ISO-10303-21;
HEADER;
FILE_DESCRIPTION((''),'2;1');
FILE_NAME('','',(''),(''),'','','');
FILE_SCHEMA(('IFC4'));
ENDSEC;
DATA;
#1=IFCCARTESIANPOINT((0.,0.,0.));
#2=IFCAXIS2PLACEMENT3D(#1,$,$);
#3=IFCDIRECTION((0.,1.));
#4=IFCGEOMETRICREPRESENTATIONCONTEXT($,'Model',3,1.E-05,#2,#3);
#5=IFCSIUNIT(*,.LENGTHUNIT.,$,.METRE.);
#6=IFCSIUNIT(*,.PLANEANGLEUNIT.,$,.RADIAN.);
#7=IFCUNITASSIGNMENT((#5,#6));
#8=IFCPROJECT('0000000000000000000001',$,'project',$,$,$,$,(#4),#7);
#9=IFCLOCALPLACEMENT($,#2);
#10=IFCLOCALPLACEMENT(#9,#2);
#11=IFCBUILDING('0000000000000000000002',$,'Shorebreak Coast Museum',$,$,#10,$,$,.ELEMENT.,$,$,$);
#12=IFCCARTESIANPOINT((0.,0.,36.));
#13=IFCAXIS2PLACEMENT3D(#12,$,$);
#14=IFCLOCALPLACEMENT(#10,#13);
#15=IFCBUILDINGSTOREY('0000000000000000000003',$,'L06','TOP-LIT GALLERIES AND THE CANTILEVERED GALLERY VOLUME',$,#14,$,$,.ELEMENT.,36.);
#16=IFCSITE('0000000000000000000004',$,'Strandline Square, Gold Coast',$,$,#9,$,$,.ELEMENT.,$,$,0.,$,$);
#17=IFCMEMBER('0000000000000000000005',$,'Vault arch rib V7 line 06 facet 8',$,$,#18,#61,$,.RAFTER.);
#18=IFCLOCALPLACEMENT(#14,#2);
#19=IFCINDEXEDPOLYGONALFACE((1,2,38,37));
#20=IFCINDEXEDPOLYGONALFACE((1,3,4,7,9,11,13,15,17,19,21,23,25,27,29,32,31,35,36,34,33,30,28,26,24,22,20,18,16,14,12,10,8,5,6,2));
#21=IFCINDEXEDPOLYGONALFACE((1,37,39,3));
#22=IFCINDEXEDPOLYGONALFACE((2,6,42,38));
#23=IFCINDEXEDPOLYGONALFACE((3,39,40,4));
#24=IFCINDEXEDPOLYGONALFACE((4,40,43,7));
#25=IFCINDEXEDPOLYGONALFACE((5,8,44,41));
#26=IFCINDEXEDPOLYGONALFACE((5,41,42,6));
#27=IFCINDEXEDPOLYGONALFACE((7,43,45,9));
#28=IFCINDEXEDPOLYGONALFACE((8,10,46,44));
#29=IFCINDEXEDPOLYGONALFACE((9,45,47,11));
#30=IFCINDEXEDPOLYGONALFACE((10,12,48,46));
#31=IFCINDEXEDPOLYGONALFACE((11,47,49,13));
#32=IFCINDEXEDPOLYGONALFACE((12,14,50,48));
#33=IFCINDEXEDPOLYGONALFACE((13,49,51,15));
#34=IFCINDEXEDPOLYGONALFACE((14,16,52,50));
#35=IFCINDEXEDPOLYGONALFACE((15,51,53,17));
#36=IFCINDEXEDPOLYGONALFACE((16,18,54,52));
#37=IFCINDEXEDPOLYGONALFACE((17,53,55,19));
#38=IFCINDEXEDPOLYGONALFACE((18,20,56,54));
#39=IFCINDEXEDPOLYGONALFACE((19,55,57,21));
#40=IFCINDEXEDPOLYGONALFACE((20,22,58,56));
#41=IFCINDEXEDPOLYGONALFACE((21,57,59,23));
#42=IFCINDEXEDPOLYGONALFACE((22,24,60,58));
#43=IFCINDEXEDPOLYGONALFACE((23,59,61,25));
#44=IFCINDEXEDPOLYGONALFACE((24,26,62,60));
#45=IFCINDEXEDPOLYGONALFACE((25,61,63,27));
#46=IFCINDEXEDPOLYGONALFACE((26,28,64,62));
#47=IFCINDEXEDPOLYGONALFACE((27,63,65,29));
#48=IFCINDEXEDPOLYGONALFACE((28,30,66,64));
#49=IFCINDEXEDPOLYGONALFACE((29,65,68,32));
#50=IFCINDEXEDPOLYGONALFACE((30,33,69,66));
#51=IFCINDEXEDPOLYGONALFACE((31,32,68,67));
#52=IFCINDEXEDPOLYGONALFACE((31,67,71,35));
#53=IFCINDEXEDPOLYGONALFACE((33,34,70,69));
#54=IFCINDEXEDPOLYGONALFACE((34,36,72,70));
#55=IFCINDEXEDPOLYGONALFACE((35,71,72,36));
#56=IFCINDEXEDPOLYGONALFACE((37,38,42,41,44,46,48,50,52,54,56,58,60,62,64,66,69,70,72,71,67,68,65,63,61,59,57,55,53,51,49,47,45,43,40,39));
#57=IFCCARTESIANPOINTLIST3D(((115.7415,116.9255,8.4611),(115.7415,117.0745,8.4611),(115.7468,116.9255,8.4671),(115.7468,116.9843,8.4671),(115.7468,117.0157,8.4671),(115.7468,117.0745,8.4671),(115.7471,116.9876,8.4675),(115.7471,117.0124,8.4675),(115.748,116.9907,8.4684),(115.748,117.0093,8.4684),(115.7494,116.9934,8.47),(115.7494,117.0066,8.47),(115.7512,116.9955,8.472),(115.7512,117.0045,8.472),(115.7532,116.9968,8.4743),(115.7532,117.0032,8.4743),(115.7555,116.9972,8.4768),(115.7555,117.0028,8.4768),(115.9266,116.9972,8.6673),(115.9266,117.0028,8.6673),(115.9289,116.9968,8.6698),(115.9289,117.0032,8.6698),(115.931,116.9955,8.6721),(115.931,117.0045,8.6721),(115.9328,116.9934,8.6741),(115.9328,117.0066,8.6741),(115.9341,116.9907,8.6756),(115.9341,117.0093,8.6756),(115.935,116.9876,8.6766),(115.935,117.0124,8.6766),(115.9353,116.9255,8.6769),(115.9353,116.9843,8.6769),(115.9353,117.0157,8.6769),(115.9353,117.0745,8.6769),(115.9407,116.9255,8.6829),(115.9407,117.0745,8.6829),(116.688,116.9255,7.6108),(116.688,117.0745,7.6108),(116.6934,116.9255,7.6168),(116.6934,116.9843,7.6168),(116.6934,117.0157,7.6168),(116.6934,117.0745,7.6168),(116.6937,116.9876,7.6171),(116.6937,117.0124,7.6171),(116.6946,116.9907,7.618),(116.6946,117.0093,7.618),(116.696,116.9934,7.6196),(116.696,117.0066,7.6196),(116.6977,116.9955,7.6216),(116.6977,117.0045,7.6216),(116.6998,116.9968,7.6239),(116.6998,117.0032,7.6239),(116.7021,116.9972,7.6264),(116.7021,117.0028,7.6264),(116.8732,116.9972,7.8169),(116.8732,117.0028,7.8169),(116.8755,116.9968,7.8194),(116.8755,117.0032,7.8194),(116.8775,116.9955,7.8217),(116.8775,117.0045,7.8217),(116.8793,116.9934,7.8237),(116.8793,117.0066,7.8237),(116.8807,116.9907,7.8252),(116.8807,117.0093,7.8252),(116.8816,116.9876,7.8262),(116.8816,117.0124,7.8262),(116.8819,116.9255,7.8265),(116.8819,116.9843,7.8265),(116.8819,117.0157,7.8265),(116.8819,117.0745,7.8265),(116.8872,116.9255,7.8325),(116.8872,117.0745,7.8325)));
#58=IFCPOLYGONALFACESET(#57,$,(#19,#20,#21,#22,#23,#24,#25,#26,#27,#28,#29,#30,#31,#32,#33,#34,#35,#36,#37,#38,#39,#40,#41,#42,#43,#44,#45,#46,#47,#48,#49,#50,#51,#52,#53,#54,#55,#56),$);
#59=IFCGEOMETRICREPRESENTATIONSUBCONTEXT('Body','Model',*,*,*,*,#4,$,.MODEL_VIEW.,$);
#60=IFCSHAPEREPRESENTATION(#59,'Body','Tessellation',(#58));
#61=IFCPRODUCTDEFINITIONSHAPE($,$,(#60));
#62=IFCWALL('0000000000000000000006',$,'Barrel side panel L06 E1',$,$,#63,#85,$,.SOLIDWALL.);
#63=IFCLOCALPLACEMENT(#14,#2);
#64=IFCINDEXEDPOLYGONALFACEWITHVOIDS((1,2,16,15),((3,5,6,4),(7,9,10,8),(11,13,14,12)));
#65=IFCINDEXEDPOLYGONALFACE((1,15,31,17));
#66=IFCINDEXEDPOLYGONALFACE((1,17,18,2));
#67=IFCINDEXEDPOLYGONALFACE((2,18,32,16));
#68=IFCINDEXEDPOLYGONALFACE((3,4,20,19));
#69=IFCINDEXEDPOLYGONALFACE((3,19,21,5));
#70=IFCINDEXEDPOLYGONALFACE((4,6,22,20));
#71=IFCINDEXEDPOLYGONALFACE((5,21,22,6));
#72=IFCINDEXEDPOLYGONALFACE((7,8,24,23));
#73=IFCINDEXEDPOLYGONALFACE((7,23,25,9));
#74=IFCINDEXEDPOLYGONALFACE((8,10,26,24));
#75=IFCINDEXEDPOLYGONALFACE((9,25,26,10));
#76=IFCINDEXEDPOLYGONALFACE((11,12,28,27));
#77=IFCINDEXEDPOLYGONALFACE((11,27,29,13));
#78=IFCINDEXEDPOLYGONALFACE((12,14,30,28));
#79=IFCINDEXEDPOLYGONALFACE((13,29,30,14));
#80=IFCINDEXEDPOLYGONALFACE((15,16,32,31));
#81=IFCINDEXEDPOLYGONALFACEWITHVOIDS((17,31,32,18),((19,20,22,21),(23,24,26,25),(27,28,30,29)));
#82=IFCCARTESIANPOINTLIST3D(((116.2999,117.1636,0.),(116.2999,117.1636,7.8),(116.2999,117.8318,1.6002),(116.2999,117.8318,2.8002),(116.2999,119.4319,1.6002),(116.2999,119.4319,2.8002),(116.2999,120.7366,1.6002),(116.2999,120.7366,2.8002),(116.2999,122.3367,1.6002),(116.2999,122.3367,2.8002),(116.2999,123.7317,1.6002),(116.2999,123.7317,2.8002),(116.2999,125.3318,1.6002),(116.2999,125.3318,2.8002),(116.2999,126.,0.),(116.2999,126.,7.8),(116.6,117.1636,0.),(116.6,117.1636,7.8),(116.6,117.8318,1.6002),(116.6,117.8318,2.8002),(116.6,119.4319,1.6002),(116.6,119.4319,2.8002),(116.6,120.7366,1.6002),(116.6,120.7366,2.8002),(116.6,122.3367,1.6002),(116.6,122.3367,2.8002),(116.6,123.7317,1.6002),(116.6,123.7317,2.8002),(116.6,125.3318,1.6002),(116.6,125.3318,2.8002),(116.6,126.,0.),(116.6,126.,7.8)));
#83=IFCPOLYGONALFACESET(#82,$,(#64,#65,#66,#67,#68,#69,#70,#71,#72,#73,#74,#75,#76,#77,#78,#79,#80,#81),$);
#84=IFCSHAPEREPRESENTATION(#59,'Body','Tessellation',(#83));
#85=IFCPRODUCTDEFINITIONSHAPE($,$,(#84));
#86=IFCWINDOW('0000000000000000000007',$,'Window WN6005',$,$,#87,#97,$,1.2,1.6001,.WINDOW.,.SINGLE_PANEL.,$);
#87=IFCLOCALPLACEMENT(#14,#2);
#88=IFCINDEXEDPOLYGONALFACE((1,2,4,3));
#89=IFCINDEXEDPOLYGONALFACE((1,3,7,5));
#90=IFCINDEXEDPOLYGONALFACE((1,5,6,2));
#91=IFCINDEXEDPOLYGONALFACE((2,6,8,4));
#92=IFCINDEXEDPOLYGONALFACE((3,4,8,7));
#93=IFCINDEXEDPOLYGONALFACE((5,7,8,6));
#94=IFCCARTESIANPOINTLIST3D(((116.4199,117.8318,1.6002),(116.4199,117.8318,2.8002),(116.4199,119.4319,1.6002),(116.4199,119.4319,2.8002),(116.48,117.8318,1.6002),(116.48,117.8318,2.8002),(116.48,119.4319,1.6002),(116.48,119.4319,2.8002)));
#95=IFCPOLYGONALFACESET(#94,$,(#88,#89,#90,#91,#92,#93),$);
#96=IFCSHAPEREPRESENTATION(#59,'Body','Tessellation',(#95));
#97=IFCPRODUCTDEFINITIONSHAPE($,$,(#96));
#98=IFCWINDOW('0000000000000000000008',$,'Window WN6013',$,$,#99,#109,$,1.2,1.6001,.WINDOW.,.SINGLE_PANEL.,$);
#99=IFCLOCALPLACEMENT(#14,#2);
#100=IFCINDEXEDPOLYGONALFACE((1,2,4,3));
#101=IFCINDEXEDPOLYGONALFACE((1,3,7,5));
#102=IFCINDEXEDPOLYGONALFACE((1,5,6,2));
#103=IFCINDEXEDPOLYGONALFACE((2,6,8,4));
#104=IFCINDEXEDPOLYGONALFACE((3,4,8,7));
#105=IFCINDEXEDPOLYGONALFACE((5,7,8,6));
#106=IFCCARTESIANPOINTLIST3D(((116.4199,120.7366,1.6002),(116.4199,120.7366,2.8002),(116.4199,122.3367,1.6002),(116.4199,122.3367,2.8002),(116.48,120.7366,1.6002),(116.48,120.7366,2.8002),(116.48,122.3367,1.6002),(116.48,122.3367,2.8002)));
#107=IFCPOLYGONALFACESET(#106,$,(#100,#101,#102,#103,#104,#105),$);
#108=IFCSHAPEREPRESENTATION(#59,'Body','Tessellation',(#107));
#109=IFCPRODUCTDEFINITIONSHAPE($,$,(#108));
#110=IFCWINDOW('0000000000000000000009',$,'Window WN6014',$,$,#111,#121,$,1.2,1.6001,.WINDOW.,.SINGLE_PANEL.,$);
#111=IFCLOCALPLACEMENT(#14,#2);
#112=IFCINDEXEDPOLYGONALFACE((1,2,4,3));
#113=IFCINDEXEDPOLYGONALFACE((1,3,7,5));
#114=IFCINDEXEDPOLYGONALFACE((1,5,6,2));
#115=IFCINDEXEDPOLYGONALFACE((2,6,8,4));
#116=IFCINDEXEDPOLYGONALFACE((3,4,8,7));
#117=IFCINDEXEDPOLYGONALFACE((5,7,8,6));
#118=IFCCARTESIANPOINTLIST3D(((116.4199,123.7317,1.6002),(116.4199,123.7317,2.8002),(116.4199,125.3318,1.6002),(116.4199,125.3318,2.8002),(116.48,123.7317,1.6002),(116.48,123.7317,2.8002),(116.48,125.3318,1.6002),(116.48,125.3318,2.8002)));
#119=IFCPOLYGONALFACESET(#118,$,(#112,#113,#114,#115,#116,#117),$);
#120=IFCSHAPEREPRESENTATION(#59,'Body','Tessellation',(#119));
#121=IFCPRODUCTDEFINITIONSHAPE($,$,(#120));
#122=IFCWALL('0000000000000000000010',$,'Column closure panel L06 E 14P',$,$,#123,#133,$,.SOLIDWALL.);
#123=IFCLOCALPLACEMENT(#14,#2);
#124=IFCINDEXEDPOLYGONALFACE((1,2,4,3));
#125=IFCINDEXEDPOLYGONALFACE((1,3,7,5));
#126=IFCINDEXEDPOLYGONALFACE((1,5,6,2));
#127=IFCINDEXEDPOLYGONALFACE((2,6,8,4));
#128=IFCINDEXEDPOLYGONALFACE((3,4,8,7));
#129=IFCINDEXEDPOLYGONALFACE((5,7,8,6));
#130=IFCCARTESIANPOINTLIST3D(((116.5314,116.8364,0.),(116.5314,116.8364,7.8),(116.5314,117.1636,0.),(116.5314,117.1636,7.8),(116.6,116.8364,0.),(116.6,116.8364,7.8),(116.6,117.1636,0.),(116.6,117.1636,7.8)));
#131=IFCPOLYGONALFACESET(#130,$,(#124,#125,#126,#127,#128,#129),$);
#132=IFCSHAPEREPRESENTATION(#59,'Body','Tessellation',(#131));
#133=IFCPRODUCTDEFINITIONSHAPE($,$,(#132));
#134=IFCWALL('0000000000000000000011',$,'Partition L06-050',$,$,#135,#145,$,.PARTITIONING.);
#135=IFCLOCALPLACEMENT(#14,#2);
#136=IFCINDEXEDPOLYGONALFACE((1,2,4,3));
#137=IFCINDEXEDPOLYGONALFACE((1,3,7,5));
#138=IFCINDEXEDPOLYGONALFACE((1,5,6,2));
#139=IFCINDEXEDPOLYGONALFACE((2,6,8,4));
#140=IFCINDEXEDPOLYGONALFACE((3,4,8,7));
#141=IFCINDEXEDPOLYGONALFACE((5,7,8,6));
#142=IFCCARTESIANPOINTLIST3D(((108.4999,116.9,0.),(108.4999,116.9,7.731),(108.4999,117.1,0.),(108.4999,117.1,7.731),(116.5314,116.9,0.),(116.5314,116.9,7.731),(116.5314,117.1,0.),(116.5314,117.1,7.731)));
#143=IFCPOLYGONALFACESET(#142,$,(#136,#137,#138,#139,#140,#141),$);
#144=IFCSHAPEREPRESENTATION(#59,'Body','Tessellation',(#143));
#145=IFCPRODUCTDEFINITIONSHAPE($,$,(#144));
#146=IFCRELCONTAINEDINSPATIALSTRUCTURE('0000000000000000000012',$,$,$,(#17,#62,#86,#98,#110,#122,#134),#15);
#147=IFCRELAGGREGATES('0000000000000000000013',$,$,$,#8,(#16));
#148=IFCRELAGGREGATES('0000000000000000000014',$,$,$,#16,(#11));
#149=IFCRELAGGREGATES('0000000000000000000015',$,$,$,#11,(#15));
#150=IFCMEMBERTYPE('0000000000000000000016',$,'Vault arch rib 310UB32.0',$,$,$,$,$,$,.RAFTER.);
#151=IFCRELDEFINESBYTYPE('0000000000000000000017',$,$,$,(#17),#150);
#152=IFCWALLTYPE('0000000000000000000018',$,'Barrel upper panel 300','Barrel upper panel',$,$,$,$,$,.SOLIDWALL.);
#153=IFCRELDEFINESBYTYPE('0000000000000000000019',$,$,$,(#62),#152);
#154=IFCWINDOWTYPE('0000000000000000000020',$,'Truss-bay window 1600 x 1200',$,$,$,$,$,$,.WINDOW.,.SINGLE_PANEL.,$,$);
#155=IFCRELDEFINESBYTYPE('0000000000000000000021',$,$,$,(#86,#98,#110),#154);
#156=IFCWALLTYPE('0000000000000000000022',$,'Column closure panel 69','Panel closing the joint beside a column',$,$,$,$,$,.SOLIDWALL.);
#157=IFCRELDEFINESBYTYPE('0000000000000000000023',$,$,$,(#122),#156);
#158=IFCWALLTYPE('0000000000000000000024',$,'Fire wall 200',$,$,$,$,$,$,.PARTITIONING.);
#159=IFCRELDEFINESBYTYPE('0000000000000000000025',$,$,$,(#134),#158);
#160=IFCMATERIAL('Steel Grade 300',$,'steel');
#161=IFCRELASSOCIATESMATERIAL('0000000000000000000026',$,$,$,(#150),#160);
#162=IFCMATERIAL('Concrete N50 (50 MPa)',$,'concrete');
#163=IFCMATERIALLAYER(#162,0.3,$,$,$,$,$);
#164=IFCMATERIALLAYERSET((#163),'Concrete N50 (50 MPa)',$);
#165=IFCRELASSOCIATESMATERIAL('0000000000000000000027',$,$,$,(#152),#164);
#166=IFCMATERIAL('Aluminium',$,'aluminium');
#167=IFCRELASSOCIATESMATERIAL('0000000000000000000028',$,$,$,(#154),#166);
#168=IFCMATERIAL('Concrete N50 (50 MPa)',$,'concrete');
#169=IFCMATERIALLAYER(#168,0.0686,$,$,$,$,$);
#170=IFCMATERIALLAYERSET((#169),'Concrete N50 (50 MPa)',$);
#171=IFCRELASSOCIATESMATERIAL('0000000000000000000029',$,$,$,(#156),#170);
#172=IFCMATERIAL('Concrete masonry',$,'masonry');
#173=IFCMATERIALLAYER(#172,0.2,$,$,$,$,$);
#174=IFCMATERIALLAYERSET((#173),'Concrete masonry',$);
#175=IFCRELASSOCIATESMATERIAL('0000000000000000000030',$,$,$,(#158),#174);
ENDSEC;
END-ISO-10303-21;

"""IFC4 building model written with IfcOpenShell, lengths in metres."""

from ifc_helpers import new_model, si_unit, direction, frame, frame_2d, origin, origin_2d, place, context, subcontext, project, spatial, rectangle, i_section, extrude, material, layer, layer_set, material_profile, profile_set, type_object, element, fill, save


model = new_model("IFC4")

# Units and contexts
model_context = context("Model", 3, precision=1e-05, world=origin(), true_north=direction((0.0, 1.0)))
body_context = subcontext(model_context, "Body", "Model", "MODEL_VIEW")
ifc_project = project(units=[si_unit("LENGTHUNIT", "METRE"), si_unit("PLANEANGLEUNIT", "RADIAN")], contexts=[model_context])

# Site, building, storey
site_placement = place(None, origin())
site = spatial("IfcSite", under=ifc_project, at=site_placement, Name="Strandline Square, Gold Coast", CompositionType="ELEMENT", RefElevation=0.0)
building_placement = place(site_placement, origin())
building = spatial("IfcBuilding", under=site, at=building_placement, Name="Shorebreak Coast Museum", CompositionType="ELEMENT")
storey_placement = place(building_placement, frame((0.0, 0.0, 36.0)))
storey = spatial("IfcBuildingStorey", under=building, at=storey_placement, Name="L06", Description="TOP-LIT GALLERIES AND THE CANTILEVERED GALLERY VOLUME", CompositionType="ELEMENT", Elevation=36.0)

# Member
ifc_material_1 = material(Name="Steel Grade 300", Category="steel")
ifc_material_profile_1 = material_profile(ifc_material_1, i_section(OverallWidth=0.1489, OverallDepth=0.2981, WebThickness=0.0056, FlangeThickness=0.0081, FilletRadius=0.0129, at=origin_2d()), Name="310UB32.0")
ifc_profile_set_1 = profile_set([ifc_material_profile_1], Name="Steel Grade 300")
member_type_1 = type_object("IfcMemberType", Name="Vault arch rib 310UB32.0", PredefinedType="RAFTER", material=ifc_profile_set_1)
for number, where, z_axis, x_axis, name in (
    (1, (115.8411, 117.0, 8.572), (0.743895, 0.0, -0.668297), (0.0, 1.0, 0.0), "Vault arch rib V7 line 06 facet 8"),
):
    element("IfcMember", number, at=place(storey_placement, frame(where, z_axis=z_axis, x_axis=x_axis)), inside=storey, type_object=member_type_1, Name=name, PredefinedType="RAFTER", context=body_context, shape_type="SweptSolid", body=[
        extrude(i_section(OverallWidth=0.1489, OverallDepth=0.2981, WebThickness=0.0056, FlangeThickness=0.0081, FilletRadius=0.0129, at=origin_2d()), origin(), (0.0, 0.0, 1.0), 1.2725),
    ])

# Wall, openings, windows
ifc_material_2 = material(Name="Concrete N50 (50 MPa)", Category="concrete")
ifc_layer_1 = layer(ifc_material_2, 0.3)
ifc_layer_set_1 = layer_set([ifc_layer_1], Name="Concrete N50 (50 MPa)")
wall_type_1 = type_object("IfcWallType", Name="Barrel upper panel 300", Description="Barrel upper panel", PredefinedType="SOLIDWALL", material=ifc_layer_set_1)
wall_1_placement = place(storey_placement, frame((116.45, 117.1636, 0.0), z_axis=(0.0, 0.0, 1.0), x_axis=(0.0, 1.0, 0.0)))
wall_1 = element("IfcWall", 2, at=wall_1_placement, inside=storey, type_object=wall_type_1, Name="Barrel side panel L06 E1", PredefinedType="SOLIDWALL", context=body_context, shape_type="SweptSolid", body=[
    extrude(rectangle(XDim=8.8364, YDim=0.3, at=frame_2d((4.4182, 0.0))), origin(), (0.0, 0.0, 1.0), 7.8),
])
opening_1_placement = place(wall_1_placement, frame((0.6682, 0.0, 1.6001)))
opening_1 = element("IfcOpeningElement", 3, at=opening_1_placement, cuts=wall_1, PredefinedType="OPENING", context=body_context, shape_type="SweptSolid", body=[
    extrude(rectangle(XDim=1.6001, YDim=1.2, at=frame_2d((0.8, 0.6001))), frame((0.0, 0.1599, 0.0), z_axis=(0.0, -1.0, 0.0), x_axis=(1.0, 0.0, 0.0)), (0.0, 0.0, 1.0), 0.3201),
])
opening_2_placement = place(wall_1_placement, frame((3.573, 0.0, 1.6001)))
opening_2 = element("IfcOpeningElement", 4, at=opening_2_placement, cuts=wall_1, PredefinedType="OPENING", context=body_context, shape_type="SweptSolid", body=[
    extrude(rectangle(XDim=1.6001, YDim=1.2, at=frame_2d((0.8, 0.6001))), frame((0.0, 0.1599, 0.0), z_axis=(0.0, -1.0, 0.0), x_axis=(1.0, 0.0, 0.0)), (0.0, 0.0, 1.0), 0.3201),
])
opening_3_placement = place(wall_1_placement, frame((6.5681, 0.0, 1.6001)))
opening_3 = element("IfcOpeningElement", 5, at=opening_3_placement, cuts=wall_1, PredefinedType="OPENING", context=body_context, shape_type="SweptSolid", body=[
    extrude(rectangle(XDim=1.6001, YDim=1.2, at=frame_2d((0.8, 0.6001))), frame((0.0, 0.1599, 0.0), z_axis=(0.0, -1.0, 0.0), x_axis=(1.0, 0.0, 0.0)), (0.0, 0.0, 1.0), 0.3201),
])
ifc_material_3 = material(Name="Aluminium", Category="aluminium")
window_type = type_object("IfcWindowType", Name="Truss-bay window 1600 x 1200", PartitioningType="SINGLE_PANEL", PredefinedType="WINDOW", material=ifc_material_3)
window_1_placement = place(opening_1_placement, origin())
window_1 = element("IfcWindow", 6, at=window_1_placement, inside=storey, type_object=window_type, Name="Window WN6005", OverallHeight=1.2, OverallWidth=1.6001, PartitioningType="SINGLE_PANEL", PredefinedType="WINDOW", context=body_context, shape_type="SweptSolid", body=[
    extrude(rectangle(XDim=1.6001, YDim=1.2, at=frame_2d((0.8, 0.6001))), frame((0.0, 0.03, 0.0), z_axis=(0.0, -1.0, 0.0), x_axis=(1.0, 0.0, 0.0)), (0.0, 0.0, 1.0), 0.0601),
])
fill(opening_1, window_1)
window_2_placement = place(opening_2_placement, origin())
window_2 = element("IfcWindow", 7, at=window_2_placement, inside=storey, type_object=window_type, Name="Window WN6013", OverallHeight=1.2, OverallWidth=1.6001, PartitioningType="SINGLE_PANEL", PredefinedType="WINDOW", context=body_context, shape_type="SweptSolid", body=[
    extrude(rectangle(XDim=1.6001, YDim=1.2, at=frame_2d((0.8, 0.6001))), frame((0.0, 0.03, 0.0), z_axis=(0.0, -1.0, 0.0), x_axis=(1.0, 0.0, 0.0)), (0.0, 0.0, 1.0), 0.0601),
])
fill(opening_2, window_2)
window_3_placement = place(opening_3_placement, origin())
window_3 = element("IfcWindow", 8, at=window_3_placement, inside=storey, type_object=window_type, Name="Window WN6014", OverallHeight=1.2, OverallWidth=1.6001, PartitioningType="SINGLE_PANEL", PredefinedType="WINDOW", context=body_context, shape_type="SweptSolid", body=[
    extrude(rectangle(XDim=1.6001, YDim=1.2, at=frame_2d((0.8, 0.6001))), frame((0.0, 0.03, 0.0), z_axis=(0.0, -1.0, 0.0), x_axis=(1.0, 0.0, 0.0)), (0.0, 0.0, 1.0), 0.0601),
])
fill(opening_3, window_3)

# Walls
ifc_material_4 = material(Name="Concrete N50 (50 MPa)", Category="concrete")
ifc_layer_2 = layer(ifc_material_4, 0.0686)
ifc_layer_set_2 = layer_set([ifc_layer_2], Name="Concrete N50 (50 MPa)")
wall_type_2 = type_object("IfcWallType", Name="Column closure panel 69", Description="Panel closing the joint beside a column", PredefinedType="SOLIDWALL", material=ifc_layer_set_2)
wall_2_placement = place(storey_placement, frame((116.5657, 116.8364, 0.0), z_axis=(0.0, 0.0, 1.0), x_axis=(0.0, 1.0, 0.0)))
element("IfcWall", 9, at=wall_2_placement, inside=storey, type_object=wall_type_2, Name="Column closure panel L06 E 14P", PredefinedType="SOLIDWALL", context=body_context, shape_type="SweptSolid", body=[
    extrude(rectangle(XDim=0.3271, YDim=0.0686, at=frame_2d((0.1636, 0.0))), origin(), (0.0, 0.0, 1.0), 7.8),
])
ifc_material_5 = material(Name="Concrete masonry", Category="masonry")
ifc_layer_3 = layer(ifc_material_5, 0.2)
ifc_layer_set_3 = layer_set([ifc_layer_3], Name="Concrete masonry")
wall_type_3 = type_object("IfcWallType", Name="Fire wall 200", PredefinedType="PARTITIONING", material=ifc_layer_set_3)
wall_3_placement = place(storey_placement, frame((108.5, 117.0, 0.0), z_axis=(0.0, 0.0, 1.0), x_axis=(1.0, 0.0, 0.0)))
element("IfcWall", 10, at=wall_3_placement, inside=storey, type_object=wall_type_3, Name="Partition L06-050", PredefinedType="PARTITIONING", context=body_context, shape_type="SweptSolid", body=[
    extrude(rectangle(XDim=8.0315, YDim=0.2, at=frame_2d((4.0156, 0.0))), origin(), (0.0, 0.0, 1.0), 7.731),
])

save(model, "model.ifc")
